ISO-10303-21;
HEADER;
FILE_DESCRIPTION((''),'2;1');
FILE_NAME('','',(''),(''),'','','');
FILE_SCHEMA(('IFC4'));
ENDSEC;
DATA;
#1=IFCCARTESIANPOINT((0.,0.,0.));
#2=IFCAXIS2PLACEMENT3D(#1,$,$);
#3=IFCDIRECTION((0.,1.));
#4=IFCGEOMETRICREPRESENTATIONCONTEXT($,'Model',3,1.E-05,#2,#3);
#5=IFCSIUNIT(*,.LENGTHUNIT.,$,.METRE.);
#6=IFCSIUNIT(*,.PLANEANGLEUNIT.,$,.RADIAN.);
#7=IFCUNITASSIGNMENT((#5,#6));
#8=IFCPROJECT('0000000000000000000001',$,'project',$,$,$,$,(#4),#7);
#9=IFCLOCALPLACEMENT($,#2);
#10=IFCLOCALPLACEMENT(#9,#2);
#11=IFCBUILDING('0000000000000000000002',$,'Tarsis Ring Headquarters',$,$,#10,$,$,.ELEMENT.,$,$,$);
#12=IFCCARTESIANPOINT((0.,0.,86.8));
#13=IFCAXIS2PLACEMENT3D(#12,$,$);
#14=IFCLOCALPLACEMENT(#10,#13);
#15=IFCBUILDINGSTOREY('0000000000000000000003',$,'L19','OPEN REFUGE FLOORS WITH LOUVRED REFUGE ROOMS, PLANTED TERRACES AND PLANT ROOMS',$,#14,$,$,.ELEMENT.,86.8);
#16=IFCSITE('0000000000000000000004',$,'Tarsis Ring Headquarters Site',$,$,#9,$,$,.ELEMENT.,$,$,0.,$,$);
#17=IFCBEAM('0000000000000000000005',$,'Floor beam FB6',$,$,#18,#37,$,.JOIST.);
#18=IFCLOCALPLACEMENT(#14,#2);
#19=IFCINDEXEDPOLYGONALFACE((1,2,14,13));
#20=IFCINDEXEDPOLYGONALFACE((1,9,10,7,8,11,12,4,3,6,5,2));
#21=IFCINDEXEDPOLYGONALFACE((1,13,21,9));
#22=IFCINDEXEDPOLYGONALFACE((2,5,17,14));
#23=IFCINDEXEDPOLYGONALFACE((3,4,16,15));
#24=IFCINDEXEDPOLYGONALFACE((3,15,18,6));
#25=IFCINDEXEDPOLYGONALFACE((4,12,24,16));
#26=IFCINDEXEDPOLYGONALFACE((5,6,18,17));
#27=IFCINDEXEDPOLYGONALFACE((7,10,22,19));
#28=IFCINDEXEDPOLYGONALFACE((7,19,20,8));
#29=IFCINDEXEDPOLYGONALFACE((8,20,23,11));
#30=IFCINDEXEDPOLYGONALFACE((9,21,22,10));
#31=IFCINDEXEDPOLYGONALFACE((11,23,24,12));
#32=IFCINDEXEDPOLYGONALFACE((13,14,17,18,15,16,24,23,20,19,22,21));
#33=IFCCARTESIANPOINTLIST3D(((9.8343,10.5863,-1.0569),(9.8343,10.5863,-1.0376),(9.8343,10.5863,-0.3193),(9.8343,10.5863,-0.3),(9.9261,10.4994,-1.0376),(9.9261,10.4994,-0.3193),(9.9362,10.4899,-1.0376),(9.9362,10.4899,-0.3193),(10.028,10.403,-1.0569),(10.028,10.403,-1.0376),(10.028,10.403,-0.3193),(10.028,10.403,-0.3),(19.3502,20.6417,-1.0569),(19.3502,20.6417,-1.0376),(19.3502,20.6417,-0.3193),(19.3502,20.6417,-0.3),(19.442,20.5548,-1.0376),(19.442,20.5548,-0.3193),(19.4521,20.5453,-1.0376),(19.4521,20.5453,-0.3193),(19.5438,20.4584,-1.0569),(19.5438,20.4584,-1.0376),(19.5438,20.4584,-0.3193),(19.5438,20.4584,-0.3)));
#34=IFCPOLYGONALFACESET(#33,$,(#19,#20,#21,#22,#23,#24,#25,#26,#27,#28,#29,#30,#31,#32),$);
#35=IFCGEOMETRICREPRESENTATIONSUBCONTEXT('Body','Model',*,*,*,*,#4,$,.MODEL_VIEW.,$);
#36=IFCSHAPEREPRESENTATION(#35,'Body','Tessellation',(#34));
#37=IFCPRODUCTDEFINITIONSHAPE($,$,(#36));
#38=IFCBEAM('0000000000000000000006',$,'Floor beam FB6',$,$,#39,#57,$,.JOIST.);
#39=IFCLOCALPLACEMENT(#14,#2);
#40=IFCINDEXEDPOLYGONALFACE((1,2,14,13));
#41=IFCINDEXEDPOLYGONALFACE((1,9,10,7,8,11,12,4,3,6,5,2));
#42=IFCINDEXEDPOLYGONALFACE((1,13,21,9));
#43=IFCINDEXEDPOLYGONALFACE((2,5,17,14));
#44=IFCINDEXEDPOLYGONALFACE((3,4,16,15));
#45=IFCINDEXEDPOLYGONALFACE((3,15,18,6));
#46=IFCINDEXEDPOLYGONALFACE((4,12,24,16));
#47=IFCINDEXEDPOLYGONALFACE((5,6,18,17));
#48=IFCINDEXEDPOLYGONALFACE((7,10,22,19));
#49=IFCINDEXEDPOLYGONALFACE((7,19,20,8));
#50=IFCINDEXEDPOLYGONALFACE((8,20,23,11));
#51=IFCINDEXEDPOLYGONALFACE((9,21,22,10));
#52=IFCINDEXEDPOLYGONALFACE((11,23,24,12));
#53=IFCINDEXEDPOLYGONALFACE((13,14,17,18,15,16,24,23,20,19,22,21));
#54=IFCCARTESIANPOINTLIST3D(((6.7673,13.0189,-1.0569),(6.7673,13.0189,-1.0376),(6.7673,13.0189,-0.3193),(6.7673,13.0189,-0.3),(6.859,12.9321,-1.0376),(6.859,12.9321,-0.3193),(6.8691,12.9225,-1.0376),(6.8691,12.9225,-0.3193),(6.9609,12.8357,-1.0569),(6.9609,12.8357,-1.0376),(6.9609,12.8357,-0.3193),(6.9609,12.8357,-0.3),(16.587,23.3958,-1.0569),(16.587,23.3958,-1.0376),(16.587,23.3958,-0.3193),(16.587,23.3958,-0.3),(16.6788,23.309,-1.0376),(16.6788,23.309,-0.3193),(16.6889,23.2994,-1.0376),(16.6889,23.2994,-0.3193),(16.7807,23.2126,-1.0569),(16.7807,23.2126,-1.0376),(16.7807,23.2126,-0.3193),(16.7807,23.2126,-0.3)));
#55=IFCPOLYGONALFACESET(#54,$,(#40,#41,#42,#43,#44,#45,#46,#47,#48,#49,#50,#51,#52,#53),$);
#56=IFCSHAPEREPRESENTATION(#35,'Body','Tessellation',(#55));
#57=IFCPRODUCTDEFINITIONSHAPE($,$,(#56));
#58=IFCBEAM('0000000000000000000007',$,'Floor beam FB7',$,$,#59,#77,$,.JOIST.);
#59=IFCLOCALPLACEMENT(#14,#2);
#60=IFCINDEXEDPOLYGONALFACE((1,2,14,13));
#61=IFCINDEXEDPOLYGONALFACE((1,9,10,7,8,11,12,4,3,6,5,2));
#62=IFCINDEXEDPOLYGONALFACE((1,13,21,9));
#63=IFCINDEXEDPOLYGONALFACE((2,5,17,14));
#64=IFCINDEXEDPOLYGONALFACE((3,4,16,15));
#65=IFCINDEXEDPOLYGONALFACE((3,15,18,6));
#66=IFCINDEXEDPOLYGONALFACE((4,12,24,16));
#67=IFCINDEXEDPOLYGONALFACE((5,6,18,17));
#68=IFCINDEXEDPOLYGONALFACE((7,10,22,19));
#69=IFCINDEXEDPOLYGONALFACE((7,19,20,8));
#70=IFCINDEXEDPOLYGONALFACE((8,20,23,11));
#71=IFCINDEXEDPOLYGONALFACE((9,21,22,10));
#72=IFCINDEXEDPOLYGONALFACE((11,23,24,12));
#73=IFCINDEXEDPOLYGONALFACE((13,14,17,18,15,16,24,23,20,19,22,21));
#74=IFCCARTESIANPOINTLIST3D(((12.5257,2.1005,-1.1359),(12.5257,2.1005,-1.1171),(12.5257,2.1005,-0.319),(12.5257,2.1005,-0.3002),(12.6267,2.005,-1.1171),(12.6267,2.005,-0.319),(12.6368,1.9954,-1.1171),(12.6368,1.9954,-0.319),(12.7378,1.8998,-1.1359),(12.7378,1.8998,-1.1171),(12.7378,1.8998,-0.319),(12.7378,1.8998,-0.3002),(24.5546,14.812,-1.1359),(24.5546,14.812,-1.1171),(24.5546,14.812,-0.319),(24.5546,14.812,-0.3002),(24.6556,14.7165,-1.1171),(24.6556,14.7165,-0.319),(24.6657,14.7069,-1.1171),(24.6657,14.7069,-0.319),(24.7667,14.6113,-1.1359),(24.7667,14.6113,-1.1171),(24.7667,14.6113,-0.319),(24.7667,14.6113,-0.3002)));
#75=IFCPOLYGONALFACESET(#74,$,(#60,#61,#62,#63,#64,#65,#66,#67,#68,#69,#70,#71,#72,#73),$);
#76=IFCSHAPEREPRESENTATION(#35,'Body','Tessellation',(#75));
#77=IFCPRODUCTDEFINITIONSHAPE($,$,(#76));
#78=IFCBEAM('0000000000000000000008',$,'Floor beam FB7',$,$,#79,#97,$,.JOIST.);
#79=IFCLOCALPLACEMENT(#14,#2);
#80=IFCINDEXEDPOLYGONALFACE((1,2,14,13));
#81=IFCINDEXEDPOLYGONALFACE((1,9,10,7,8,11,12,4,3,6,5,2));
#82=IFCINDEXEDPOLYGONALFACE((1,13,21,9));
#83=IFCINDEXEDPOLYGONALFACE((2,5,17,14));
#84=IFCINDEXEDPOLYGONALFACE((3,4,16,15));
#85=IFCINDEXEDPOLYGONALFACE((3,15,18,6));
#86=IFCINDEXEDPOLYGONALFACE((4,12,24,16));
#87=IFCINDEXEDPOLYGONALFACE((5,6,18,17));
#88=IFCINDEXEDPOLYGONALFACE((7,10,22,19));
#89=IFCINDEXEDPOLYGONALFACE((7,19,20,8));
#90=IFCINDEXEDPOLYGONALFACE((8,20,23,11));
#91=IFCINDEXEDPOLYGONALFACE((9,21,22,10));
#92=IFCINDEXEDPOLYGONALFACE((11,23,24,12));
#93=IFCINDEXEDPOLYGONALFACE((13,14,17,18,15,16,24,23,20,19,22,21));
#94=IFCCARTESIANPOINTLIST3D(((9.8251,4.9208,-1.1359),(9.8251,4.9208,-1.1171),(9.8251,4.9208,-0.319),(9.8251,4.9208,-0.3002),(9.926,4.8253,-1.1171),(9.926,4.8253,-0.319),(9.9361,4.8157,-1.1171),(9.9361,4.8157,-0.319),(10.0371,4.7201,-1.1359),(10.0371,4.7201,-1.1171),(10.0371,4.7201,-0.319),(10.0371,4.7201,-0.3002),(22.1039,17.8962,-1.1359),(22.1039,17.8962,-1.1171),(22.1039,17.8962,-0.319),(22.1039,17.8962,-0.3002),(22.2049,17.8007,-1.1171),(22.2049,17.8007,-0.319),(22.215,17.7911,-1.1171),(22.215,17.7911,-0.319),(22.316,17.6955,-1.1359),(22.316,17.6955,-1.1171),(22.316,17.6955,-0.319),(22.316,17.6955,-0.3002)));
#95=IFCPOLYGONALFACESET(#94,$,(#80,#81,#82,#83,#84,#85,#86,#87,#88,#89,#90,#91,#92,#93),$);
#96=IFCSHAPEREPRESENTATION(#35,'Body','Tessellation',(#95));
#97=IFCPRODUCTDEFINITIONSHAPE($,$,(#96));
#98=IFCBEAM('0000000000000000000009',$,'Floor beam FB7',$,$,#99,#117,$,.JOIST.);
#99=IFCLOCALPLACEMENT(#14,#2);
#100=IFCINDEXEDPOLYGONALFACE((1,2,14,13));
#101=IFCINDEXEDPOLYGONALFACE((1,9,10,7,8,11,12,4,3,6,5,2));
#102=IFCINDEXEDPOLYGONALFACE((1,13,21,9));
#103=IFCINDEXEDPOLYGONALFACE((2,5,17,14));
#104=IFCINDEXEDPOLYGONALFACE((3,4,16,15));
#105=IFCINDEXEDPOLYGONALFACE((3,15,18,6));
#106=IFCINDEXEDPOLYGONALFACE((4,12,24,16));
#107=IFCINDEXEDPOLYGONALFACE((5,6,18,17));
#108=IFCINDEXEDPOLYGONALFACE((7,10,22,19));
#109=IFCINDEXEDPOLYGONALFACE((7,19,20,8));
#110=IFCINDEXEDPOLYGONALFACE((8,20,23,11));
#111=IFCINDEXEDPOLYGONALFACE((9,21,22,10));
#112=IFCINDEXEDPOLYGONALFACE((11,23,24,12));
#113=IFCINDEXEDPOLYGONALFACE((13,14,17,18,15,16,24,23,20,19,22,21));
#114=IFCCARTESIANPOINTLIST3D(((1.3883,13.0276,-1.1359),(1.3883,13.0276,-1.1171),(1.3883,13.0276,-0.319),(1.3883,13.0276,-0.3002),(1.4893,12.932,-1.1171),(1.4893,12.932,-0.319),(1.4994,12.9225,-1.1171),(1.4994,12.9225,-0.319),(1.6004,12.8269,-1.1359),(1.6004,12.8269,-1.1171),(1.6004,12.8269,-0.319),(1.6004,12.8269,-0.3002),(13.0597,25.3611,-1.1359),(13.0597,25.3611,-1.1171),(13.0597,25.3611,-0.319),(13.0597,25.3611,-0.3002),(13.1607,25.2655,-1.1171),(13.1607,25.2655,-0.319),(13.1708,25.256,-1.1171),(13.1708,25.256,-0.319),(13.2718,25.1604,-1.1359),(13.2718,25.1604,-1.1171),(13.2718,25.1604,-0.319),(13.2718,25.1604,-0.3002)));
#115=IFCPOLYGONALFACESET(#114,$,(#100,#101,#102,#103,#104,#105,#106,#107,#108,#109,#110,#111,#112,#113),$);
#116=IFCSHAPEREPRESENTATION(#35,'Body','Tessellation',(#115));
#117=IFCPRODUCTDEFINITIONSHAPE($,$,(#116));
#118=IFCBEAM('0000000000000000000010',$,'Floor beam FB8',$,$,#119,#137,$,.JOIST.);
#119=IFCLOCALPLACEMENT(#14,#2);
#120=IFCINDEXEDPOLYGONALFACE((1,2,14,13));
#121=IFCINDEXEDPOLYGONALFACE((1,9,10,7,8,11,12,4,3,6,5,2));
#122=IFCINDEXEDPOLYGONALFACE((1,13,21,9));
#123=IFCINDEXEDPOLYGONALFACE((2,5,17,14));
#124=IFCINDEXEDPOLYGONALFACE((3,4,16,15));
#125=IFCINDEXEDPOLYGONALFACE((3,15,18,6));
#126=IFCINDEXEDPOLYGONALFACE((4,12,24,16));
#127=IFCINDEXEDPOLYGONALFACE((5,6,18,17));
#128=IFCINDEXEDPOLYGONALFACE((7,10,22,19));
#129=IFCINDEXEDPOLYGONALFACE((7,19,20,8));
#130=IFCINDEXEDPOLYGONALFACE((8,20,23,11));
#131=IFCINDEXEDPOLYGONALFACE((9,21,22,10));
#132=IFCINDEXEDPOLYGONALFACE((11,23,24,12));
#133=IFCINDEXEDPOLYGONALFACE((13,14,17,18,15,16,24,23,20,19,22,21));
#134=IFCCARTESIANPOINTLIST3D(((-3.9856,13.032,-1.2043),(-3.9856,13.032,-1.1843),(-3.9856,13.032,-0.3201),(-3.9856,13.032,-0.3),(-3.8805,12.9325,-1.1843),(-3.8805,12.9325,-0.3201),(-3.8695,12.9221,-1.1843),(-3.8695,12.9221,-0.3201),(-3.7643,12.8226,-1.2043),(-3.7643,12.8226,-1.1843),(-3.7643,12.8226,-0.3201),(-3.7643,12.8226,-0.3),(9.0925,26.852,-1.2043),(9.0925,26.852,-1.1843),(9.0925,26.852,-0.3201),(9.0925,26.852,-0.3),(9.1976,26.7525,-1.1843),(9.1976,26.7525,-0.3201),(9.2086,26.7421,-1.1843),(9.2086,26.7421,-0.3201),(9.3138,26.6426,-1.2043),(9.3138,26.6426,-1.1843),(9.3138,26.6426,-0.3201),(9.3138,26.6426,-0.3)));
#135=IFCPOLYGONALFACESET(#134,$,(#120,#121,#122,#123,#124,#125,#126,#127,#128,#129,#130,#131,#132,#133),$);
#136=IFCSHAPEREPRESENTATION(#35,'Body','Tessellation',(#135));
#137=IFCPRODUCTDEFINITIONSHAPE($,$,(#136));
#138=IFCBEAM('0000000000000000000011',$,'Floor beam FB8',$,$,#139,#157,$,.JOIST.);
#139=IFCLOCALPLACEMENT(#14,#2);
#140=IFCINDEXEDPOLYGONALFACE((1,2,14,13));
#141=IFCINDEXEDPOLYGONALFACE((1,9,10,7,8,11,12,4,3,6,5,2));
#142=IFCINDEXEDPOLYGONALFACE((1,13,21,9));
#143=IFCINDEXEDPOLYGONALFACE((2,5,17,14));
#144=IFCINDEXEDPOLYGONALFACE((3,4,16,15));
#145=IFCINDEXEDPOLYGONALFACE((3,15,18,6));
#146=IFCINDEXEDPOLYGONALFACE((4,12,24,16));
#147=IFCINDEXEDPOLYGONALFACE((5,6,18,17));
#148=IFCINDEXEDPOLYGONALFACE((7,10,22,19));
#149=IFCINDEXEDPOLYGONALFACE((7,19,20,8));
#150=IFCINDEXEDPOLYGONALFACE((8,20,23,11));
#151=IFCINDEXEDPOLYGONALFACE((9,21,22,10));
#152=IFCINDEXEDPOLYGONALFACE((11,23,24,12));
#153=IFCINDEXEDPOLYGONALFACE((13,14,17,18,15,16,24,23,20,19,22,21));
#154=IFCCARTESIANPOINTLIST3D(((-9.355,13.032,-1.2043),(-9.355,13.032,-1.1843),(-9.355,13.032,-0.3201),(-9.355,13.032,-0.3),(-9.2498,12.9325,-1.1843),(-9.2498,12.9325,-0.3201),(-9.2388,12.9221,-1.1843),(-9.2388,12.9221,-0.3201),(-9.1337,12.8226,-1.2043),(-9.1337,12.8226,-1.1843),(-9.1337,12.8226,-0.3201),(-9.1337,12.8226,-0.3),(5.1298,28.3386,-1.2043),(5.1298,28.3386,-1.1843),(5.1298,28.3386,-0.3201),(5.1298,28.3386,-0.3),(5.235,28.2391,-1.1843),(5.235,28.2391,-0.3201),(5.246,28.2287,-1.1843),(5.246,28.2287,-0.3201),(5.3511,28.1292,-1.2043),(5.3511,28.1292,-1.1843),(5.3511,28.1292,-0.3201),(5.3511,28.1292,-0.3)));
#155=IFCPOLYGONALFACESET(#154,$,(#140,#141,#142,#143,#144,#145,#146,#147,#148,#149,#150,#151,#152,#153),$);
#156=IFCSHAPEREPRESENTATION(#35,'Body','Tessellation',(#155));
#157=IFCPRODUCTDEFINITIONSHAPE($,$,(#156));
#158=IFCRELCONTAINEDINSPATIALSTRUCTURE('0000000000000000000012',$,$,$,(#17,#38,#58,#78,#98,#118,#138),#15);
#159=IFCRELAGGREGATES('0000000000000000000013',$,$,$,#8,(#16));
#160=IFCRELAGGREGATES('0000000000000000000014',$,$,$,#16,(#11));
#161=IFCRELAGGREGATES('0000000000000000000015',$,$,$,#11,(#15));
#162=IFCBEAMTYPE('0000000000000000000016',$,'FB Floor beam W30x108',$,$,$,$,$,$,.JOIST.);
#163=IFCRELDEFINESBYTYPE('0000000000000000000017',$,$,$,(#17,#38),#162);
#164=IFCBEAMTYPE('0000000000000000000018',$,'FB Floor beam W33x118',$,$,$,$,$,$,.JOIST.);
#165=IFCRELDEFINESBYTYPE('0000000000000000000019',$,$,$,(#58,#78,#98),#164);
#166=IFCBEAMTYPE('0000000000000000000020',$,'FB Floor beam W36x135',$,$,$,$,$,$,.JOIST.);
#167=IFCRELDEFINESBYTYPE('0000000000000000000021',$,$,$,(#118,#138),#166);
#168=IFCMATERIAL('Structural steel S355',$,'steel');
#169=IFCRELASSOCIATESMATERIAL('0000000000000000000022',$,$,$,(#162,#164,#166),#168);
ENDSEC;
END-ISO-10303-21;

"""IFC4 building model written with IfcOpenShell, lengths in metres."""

from ifc_helpers import new_model, si_unit, direction, frame, origin, origin_2d, place, context, subcontext, project, spatial, i_section, extrude, material, material_profile, profile_set, type_object, element, save


model = new_model("IFC4")

# Units and contexts
model_context = context("Model", 3, precision=1e-05, world=origin(), true_north=direction((0.0, 1.0)))
body_context = subcontext(model_context, "Body", "Model", "MODEL_VIEW")
ifc_project = project(units=[si_unit("LENGTHUNIT", "METRE"), si_unit("PLANEANGLEUNIT", "RADIAN")], contexts=[model_context])

# Site, building, storey
site_placement = place(None, origin())
site = spatial("IfcSite", under=ifc_project, at=site_placement, Name="Tarsis Ring Headquarters Site", CompositionType="ELEMENT", RefElevation=0.0)
building_placement = place(site_placement, origin())
building = spatial("IfcBuilding", under=site, at=building_placement, Name="Tarsis Ring Headquarters", CompositionType="ELEMENT")
storey_placement = place(building_placement, frame((0.0, 0.0, 86.8)))
storey = spatial("IfcBuildingStorey", under=building, at=storey_placement, Name="L19", Description="OPEN REFUGE FLOORS WITH LOUVRED REFUGE ROOMS, PLANTED TERRACES AND PLANT ROOMS", CompositionType="ELEMENT", Elevation=86.8)

# Beams
ifc_material_1 = material(Name="Structural steel S355", Category="steel")
ifc_material_profile_1 = material_profile(ifc_material_1, i_section(OverallWidth=0.2666, OverallDepth=0.7568, WebThickness=0.0139, FlangeThickness=0.0193, at=origin_2d()), Name="W30x108")
ifc_profile_set_1 = profile_set([ifc_material_profile_1], Name="Structural steel S355")
beam_type_1 = type_object("IfcBeamType", Name="FB Floor beam W30x108", PredefinedType="JOIST", material=ifc_profile_set_1)
beam_1_placement = place(storey_placement, frame((19.447, 20.55, -0.6785), z_axis=(-0.687352, -0.726325, 0.0), x_axis=(0.726325, -0.687352, 0.0)))
element("IfcBeam", 1, at=beam_1_placement, inside=storey, type_object=beam_type_1, Name="Floor beam FB6", PredefinedType="JOIST", context=body_context, shape_type="SweptSolid", body=[
    extrude(i_section(OverallWidth=0.2666, OverallDepth=0.7568, WebThickness=0.0139, FlangeThickness=0.0193, at=origin_2d()), origin(), (0.0, 0.0, 1.0), 13.8442),
])
beam_2_placement = place(storey_placement, frame((16.6838, 23.3042, -0.6785), z_axis=(-0.68734, -0.726336, 0.0), x_axis=(0.726336, -0.68734, 0.0)))
element("IfcBeam", 2, at=beam_2_placement, inside=storey, type_object=beam_type_1, Name="Floor beam FB6", PredefinedType="JOIST", context=body_context, shape_type="SweptSolid", body=[
    extrude(i_section(OverallWidth=0.2666, OverallDepth=0.7568, WebThickness=0.0139, FlangeThickness=0.0193, at=origin_2d()), origin(), (0.0, 0.0, 1.0), 14.2866),
])
ifc_material_profile_2 = material_profile(ifc_material_1, i_section(OverallWidth=0.292, OverallDepth=0.8357, WebThickness=0.0139, FlangeThickness=0.0188, at=origin_2d()), Name="W33x118")
ifc_profile_set_2 = profile_set([ifc_material_profile_2], Name="Structural steel S355")
beam_type_2 = type_object("IfcBeamType", Name="FB Floor beam W33x118", PredefinedType="JOIST", material=ifc_profile_set_2)
beam_3_placement = place(storey_placement, frame((24.6606, 14.7117, -0.718), z_axis=(-0.687335, -0.72634, 0.0), x_axis=(0.72634, -0.687335, 0.0)))
element("IfcBeam", 3, at=beam_3_placement, inside=storey, type_object=beam_type_2, Name="Floor beam FB7", PredefinedType="JOIST", context=body_context, shape_type="SweptSolid", body=[
    extrude(i_section(OverallWidth=0.292, OverallDepth=0.8357, WebThickness=0.0139, FlangeThickness=0.0188, at=origin_2d()), origin(), (0.0, 0.0, 1.0), 17.5007),
])
beam_4_placement = place(storey_placement, frame((22.21, 17.7959, -0.718), z_axis=(-0.687343, -0.726333, 0.0), x_axis=(0.726333, -0.687343, 0.0)))
element("IfcBeam", 4, at=beam_4_placement, inside=storey, type_object=beam_type_2, Name="Floor beam FB7", PredefinedType="JOIST", context=body_context, shape_type="SweptSolid", body=[
    extrude(i_section(OverallWidth=0.292, OverallDepth=0.8357, WebThickness=0.0139, FlangeThickness=0.0188, at=origin_2d()), origin(), (0.0, 0.0, 1.0), 17.8643),
])
beam_5_placement = place(storey_placement, frame((13.1658, 25.2607, -0.718), z_axis=(-0.687342, -0.726334, 0.0), x_axis=(0.726334, -0.687342, 0.0)))
element("IfcBeam", 5, at=beam_5_placement, inside=storey, type_object=beam_type_2, Name="Floor beam FB7", PredefinedType="JOIST", context=body_context, shape_type="SweptSolid", body=[
    extrude(i_section(OverallWidth=0.292, OverallDepth=0.8357, WebThickness=0.0139, FlangeThickness=0.0188, at=origin_2d()), origin(), (0.0, 0.0, 1.0), 16.9805),
])
ifc_material_profile_3 = material_profile(ifc_material_1, i_section(OverallWidth=0.3047, OverallDepth=0.9043, WebThickness=0.0151, FlangeThickness=0.02, at=origin_2d()), Name="W36x135")
ifc_profile_set_3 = profile_set([ifc_material_profile_3], Name="Structural steel S355")
beam_type_3 = type_object("IfcBeamType", Name="FB Floor beam W36x135", PredefinedType="JOIST", material=ifc_profile_set_3)
beam_6_placement = place(storey_placement, frame((9.2031, 26.7473, -0.7522), z_axis=(-0.687341, -0.726335, 0.0), x_axis=(0.726335, -0.687341, 0.0)))
element("IfcBeam", 6, at=beam_6_placement, inside=storey, type_object=beam_type_3, Name="Floor beam FB8", PredefinedType="JOIST", context=body_context, shape_type="SweptSolid", body=[
    extrude(i_section(OverallWidth=0.3047, OverallDepth=0.9043, WebThickness=0.0151, FlangeThickness=0.02, at=origin_2d()), origin(), (0.0, 0.0, 1.0), 19.0271),
])
beam_7_placement = place(storey_placement, frame((5.2405, 28.2339, -0.7522), z_axis=(-0.68734, -0.726336, 0.0), x_axis=(0.726336, -0.68734, 0.0)))
element("IfcBeam", 7, at=beam_7_placement, inside=storey, type_object=beam_type_3, Name="Floor beam FB8", PredefinedType="JOIST", context=body_context, shape_type="SweptSolid", body=[
    extrude(i_section(OverallWidth=0.3047, OverallDepth=0.9043, WebThickness=0.0151, FlangeThickness=0.02, at=origin_2d()), origin(), (0.0, 0.0, 1.0), 21.0737),
])

save(model, "model.ifc")
